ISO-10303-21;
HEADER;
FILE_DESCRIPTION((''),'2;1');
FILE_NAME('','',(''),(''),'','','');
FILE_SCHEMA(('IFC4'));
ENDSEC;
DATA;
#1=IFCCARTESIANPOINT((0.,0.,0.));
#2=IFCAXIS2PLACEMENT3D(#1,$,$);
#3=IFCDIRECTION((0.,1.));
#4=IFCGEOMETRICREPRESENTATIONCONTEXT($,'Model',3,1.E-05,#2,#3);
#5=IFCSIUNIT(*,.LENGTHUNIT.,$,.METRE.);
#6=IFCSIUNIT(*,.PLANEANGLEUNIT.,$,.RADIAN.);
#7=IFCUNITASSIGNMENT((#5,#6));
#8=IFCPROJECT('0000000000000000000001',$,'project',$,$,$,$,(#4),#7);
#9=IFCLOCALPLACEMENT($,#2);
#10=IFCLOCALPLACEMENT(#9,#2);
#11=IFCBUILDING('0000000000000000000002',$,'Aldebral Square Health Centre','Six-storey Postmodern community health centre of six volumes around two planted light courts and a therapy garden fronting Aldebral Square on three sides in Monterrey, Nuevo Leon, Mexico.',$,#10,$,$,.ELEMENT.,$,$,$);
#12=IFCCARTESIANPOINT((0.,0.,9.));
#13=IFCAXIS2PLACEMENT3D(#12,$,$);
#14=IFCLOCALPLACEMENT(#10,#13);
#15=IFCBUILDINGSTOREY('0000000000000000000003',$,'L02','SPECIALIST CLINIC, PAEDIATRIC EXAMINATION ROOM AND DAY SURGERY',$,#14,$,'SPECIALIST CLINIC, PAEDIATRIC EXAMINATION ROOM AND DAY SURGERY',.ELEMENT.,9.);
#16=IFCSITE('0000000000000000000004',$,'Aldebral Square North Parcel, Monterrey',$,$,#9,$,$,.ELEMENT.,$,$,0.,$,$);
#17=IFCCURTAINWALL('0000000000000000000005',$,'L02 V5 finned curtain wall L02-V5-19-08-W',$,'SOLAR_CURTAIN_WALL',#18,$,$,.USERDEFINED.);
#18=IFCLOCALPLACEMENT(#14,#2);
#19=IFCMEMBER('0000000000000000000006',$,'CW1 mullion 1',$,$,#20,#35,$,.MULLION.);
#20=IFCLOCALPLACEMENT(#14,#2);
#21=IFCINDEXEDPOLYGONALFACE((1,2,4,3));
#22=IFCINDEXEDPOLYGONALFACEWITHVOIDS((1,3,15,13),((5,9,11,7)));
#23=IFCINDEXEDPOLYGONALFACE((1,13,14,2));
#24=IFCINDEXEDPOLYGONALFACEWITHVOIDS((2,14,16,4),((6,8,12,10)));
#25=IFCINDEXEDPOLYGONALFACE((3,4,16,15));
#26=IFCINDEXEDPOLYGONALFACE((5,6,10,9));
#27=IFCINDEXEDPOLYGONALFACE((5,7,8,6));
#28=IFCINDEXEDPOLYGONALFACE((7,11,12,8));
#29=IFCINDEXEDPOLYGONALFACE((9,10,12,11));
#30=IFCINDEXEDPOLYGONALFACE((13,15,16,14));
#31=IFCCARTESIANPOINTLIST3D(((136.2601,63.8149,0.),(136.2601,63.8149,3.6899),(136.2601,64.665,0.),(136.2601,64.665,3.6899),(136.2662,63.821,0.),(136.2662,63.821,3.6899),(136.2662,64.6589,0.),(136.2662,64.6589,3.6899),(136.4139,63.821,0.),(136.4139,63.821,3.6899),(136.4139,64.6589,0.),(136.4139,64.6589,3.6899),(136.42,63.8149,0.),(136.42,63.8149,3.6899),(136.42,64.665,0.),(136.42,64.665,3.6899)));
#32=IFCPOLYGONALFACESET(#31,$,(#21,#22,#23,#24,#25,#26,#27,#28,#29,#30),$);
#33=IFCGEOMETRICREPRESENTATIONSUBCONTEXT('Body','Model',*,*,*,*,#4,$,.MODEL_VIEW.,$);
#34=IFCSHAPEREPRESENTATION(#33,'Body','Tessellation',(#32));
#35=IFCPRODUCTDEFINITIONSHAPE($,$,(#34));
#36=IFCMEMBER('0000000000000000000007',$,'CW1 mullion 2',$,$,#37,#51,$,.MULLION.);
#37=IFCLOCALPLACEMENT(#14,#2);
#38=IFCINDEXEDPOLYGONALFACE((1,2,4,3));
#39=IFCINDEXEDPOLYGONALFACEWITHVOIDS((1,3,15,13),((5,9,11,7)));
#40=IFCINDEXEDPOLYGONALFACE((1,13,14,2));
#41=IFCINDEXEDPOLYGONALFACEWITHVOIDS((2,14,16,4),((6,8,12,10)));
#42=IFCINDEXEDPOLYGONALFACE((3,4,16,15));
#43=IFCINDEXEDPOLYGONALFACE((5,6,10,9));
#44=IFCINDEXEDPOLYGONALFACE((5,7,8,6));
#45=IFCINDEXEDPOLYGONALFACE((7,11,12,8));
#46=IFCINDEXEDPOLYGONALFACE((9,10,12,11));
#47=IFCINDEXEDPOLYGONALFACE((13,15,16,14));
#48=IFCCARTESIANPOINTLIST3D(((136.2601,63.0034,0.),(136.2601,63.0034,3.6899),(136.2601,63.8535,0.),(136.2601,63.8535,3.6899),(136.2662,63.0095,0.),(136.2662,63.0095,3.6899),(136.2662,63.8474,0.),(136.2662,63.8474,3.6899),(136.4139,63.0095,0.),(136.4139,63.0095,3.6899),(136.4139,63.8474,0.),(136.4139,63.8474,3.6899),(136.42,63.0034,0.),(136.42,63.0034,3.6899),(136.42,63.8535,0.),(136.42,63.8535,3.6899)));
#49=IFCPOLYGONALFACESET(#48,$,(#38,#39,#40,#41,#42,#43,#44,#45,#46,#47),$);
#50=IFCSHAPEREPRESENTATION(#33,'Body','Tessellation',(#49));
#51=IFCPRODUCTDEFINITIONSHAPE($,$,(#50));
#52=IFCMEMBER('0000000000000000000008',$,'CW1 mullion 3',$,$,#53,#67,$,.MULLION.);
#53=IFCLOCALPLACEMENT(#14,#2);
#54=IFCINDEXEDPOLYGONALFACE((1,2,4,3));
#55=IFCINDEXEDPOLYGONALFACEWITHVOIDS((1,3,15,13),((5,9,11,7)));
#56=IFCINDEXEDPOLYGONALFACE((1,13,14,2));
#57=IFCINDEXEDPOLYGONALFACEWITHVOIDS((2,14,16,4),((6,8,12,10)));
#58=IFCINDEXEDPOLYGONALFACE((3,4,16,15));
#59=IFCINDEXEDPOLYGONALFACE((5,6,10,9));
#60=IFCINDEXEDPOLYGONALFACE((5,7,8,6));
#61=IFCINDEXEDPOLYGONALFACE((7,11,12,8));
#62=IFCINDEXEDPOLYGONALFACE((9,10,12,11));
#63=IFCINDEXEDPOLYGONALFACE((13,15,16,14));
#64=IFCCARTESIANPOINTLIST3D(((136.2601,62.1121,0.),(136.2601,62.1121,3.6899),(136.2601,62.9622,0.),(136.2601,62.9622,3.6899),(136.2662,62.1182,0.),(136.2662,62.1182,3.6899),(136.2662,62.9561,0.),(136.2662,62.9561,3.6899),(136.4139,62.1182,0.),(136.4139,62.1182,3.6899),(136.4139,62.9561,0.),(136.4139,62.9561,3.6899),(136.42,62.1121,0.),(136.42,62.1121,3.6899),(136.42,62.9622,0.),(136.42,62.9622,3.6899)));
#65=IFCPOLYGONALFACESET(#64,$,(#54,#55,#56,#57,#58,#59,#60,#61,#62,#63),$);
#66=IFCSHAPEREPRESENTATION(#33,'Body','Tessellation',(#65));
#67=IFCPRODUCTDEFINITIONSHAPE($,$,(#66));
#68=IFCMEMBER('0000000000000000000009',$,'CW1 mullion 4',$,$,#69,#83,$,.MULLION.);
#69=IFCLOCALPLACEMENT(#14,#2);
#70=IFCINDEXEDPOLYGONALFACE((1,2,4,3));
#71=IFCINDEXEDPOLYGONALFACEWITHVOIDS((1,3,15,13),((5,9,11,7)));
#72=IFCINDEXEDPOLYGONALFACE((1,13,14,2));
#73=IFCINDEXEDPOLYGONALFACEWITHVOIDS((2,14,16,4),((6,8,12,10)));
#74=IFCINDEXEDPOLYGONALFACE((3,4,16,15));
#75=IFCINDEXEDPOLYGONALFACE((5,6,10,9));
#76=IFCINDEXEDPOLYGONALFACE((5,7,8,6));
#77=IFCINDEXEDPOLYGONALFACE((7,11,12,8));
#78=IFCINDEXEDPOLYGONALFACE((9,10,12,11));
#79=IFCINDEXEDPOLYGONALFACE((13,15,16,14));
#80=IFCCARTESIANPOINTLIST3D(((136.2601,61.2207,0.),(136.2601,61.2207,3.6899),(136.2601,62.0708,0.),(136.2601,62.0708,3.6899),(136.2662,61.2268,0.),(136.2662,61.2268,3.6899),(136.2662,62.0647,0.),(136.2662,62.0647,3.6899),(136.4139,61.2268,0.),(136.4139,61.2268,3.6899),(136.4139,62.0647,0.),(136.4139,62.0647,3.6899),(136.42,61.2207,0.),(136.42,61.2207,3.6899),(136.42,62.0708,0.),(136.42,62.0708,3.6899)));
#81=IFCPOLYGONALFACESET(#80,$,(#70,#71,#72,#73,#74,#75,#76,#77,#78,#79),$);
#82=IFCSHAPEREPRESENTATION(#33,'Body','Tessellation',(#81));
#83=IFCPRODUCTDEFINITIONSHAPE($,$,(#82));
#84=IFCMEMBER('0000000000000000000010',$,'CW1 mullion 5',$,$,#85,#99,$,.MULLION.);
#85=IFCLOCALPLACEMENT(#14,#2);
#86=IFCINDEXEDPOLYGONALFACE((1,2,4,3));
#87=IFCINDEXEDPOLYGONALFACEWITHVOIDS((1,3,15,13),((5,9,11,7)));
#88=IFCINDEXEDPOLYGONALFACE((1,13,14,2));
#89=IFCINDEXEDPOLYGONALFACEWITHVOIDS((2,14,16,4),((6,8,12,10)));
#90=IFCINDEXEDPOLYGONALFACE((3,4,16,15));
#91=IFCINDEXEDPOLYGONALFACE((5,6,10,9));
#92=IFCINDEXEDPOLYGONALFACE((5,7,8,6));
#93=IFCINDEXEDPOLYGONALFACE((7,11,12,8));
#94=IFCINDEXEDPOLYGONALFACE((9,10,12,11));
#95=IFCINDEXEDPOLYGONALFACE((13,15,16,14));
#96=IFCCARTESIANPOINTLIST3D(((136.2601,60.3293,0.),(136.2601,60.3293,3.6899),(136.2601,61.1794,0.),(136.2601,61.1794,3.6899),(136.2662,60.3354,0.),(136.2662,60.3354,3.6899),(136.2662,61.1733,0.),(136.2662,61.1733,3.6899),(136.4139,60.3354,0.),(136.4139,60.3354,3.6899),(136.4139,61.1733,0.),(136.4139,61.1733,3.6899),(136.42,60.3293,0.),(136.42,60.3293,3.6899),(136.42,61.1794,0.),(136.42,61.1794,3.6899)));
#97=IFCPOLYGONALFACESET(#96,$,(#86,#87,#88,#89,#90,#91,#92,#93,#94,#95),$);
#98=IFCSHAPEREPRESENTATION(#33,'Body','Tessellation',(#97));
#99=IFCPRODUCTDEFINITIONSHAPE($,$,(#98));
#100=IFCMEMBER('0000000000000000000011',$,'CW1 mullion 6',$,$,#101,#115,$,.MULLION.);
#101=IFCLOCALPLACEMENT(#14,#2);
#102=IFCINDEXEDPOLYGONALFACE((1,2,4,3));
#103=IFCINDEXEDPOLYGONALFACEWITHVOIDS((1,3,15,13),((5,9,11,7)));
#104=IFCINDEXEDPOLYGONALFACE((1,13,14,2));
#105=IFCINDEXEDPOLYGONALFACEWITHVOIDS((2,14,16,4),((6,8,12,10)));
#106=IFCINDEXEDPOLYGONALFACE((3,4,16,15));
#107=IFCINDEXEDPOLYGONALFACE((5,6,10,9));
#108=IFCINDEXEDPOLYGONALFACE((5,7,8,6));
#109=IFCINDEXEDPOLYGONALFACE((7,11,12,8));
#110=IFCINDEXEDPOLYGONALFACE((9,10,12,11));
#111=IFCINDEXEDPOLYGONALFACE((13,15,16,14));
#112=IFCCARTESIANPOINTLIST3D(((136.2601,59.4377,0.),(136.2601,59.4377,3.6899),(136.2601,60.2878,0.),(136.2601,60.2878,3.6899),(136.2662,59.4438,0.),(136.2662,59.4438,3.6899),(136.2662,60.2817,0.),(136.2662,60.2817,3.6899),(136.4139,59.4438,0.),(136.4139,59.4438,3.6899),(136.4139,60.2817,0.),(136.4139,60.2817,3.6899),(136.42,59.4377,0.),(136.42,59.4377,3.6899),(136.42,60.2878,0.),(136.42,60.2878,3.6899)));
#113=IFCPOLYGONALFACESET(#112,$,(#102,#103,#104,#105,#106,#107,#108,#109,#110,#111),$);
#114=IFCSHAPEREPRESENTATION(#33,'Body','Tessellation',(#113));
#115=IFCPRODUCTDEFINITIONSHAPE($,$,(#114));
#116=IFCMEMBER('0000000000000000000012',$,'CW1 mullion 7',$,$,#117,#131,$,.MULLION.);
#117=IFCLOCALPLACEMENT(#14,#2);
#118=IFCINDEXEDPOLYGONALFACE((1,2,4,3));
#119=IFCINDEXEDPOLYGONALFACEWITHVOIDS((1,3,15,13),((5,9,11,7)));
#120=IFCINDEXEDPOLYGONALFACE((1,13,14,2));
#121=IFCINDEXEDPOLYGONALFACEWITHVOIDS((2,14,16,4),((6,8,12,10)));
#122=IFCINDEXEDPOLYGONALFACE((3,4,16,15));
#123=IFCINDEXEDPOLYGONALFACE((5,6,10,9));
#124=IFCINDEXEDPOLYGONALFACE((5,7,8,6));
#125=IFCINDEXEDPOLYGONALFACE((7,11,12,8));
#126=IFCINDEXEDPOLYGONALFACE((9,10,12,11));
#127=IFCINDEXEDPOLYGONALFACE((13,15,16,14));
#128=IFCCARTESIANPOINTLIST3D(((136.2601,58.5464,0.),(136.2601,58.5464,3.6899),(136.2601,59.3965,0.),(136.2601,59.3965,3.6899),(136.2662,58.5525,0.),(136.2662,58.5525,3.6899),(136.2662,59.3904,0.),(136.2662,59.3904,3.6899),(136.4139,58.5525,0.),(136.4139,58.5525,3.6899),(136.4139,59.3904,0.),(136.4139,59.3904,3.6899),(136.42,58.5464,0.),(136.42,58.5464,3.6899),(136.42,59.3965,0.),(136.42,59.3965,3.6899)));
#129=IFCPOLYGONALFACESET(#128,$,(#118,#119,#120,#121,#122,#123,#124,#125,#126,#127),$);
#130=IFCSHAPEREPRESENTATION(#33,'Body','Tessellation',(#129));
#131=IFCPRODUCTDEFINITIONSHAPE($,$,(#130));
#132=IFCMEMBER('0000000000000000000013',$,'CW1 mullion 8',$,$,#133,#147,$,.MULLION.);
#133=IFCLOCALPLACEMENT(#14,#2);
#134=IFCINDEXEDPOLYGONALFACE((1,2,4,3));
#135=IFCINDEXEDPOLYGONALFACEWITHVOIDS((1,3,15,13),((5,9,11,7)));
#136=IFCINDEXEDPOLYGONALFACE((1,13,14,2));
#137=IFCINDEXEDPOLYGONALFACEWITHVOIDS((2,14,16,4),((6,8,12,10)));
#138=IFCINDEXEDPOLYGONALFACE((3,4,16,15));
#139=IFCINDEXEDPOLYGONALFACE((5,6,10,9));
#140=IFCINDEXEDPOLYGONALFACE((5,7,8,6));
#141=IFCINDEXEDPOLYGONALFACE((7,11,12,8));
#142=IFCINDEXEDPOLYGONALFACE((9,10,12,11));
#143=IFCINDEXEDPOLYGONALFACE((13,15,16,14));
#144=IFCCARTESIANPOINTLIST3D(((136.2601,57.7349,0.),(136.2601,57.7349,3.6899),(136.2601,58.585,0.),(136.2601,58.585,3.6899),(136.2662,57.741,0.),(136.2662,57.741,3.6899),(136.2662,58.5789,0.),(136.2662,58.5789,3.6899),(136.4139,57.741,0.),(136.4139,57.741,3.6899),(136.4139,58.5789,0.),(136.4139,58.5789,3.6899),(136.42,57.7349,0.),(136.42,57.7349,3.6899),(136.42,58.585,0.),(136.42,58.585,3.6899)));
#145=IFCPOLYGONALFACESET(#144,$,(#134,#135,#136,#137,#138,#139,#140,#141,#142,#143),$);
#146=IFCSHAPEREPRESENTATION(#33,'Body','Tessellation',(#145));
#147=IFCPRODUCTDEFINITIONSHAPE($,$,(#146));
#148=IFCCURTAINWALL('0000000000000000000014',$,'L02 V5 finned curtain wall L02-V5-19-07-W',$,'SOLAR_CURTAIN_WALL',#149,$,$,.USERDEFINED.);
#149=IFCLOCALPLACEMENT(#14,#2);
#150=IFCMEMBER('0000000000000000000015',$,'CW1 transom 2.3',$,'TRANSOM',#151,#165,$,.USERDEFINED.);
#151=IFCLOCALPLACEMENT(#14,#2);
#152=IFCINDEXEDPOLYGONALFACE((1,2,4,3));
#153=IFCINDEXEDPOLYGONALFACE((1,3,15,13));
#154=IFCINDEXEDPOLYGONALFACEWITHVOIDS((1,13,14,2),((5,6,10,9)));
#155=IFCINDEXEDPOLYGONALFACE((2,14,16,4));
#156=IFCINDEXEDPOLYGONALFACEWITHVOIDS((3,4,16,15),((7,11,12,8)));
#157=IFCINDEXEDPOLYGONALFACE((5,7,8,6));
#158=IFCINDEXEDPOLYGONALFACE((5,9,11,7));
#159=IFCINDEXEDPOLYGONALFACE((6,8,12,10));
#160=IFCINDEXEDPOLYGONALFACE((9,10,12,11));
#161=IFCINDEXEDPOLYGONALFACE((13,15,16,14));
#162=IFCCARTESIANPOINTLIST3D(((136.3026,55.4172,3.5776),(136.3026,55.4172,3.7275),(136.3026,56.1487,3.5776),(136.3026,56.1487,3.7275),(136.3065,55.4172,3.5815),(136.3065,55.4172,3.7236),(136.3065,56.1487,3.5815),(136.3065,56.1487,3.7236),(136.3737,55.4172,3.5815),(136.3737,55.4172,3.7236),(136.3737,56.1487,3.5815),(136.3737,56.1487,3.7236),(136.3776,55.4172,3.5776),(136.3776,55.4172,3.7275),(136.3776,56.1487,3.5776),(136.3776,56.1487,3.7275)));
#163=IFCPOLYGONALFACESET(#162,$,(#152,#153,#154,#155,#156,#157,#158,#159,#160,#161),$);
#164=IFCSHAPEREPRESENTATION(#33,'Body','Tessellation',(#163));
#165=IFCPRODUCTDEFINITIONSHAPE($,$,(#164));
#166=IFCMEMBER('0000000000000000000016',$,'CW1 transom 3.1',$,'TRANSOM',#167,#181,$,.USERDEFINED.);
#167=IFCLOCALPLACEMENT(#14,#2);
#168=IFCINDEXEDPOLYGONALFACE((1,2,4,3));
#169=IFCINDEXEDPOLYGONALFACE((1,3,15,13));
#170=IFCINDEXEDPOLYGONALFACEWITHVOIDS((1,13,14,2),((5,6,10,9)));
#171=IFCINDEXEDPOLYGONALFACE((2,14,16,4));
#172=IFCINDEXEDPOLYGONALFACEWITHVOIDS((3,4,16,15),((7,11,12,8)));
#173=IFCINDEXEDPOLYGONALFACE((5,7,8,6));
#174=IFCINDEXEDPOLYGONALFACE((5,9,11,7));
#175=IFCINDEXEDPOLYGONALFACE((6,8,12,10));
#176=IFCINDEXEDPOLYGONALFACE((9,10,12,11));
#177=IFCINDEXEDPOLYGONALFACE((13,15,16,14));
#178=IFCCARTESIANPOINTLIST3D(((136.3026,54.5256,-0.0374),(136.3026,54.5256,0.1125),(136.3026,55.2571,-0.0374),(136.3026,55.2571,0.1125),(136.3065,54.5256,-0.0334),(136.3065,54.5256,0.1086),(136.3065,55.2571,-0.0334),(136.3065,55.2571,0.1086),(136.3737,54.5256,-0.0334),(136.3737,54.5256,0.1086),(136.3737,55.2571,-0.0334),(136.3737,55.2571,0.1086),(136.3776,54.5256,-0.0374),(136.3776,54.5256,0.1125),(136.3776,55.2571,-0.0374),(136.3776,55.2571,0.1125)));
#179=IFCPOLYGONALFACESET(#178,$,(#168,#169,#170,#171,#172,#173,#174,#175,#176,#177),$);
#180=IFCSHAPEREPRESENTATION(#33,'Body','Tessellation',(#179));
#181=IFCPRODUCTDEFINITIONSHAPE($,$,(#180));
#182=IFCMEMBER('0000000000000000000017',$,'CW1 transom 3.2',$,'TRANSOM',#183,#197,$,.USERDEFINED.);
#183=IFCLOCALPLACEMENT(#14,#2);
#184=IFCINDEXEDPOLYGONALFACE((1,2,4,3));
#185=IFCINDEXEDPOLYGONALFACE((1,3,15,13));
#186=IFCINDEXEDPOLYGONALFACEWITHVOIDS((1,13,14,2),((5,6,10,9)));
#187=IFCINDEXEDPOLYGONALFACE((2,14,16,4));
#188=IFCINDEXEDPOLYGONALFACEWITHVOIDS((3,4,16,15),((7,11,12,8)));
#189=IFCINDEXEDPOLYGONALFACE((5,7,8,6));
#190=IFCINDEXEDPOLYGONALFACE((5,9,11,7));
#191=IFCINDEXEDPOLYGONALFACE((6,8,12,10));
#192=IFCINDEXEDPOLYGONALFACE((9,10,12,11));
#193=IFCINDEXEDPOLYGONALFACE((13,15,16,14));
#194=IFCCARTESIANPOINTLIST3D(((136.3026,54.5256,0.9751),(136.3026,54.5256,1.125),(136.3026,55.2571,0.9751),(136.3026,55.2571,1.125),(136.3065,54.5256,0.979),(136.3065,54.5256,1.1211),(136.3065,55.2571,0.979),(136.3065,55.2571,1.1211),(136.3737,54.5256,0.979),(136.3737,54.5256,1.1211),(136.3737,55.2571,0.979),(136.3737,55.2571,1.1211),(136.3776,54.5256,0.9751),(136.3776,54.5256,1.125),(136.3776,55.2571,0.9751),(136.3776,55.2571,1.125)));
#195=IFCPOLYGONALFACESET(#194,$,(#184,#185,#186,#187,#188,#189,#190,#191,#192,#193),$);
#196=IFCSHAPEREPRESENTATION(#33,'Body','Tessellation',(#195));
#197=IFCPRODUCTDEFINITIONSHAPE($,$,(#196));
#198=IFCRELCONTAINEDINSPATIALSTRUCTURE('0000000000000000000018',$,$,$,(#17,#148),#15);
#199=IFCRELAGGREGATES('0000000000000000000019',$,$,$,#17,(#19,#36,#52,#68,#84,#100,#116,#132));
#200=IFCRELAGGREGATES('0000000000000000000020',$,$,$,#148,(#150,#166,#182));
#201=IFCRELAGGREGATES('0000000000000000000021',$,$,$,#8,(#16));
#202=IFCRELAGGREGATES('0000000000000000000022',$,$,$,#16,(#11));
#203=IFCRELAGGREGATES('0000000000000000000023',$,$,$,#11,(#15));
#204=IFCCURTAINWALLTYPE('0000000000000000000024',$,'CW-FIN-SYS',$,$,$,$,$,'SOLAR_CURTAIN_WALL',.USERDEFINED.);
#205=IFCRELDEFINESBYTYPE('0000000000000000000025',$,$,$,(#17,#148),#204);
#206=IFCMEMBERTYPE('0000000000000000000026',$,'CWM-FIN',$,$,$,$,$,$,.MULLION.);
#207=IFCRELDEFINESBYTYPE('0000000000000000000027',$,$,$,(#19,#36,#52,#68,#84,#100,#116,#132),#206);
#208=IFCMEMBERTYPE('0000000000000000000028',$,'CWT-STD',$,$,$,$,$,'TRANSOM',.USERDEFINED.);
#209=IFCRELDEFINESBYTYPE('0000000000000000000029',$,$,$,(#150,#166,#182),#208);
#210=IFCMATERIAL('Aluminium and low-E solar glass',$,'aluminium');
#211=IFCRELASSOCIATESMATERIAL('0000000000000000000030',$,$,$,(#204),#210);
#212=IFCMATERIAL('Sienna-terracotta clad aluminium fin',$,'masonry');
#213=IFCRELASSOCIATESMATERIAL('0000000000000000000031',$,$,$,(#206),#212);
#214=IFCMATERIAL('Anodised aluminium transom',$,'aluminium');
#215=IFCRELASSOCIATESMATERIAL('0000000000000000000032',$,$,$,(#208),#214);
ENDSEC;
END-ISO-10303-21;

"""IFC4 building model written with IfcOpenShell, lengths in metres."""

from ifc_helpers import new_model, si_unit, direction, frame, origin, origin_2d, place, context, subcontext, project, spatial, hollow_rectangle, extrude, material, material_profile, profile_set, type_object, element, aggregate, save


model = new_model("IFC4")

# Units and contexts
model_context = context("Model", 3, precision=1e-05, world=origin(), true_north=direction((0.0, 1.0)))
body_context = subcontext(model_context, "Body", "Model", "MODEL_VIEW")
ifc_project = project(units=[si_unit("LENGTHUNIT", "METRE"), si_unit("PLANEANGLEUNIT", "RADIAN")], contexts=[model_context])

# Site, building, storey
site_placement = place(None, origin())
site = spatial("IfcSite", under=ifc_project, at=site_placement, Name="Aldebral Square North Parcel, Monterrey", CompositionType="ELEMENT", RefElevation=0.0)
building_placement = place(site_placement, origin())
building = spatial("IfcBuilding", under=site, at=building_placement, Name="Aldebral Square Health Centre", Description="Six-storey Postmodern community health centre of six volumes around two planted light courts and a therapy garden fronting Aldebral Square on three sides in Monterrey, Nuevo Leon, Mexico.", CompositionType="ELEMENT")
storey_placement = place(building_placement, frame((0.0, 0.0, 9.0)))
storey = spatial("IfcBuildingStorey", under=building, at=storey_placement, Name="L02", Description="SPECIALIST CLINIC, PAEDIATRIC EXAMINATION ROOM AND DAY SURGERY", LongName="SPECIALIST CLINIC, PAEDIATRIC EXAMINATION ROOM AND DAY SURGERY", CompositionType="ELEMENT", Elevation=9.0)

# Curtain wall, members
ifc_material_1 = material(Name="Aluminium and low-E solar glass", Category="aluminium")
curtain_wall_type = type_object("IfcCurtainWallType", Name="CW-FIN-SYS", ElementType="SOLAR_CURTAIN_WALL", PredefinedType="USERDEFINED", material=ifc_material_1)
curtain_wall_1_placement = place(storey_placement, origin())
curtain_wall_1 = element("IfcCurtainWall", 1, at=curtain_wall_1_placement, inside=storey, type_object=curtain_wall_type, Name="L02 V5 finned curtain wall L02-V5-19-08-W", ObjectType="SOLAR_CURTAIN_WALL", PredefinedType="USERDEFINED")
ifc_material_2 = material(Name="Sienna-terracotta clad aluminium fin", Category="masonry")
ifc_material_profile_1 = material_profile(ifc_material_2, hollow_rectangle(XDim=0.1599, YDim=0.8501, WallThickness=0.0061, at=origin_2d()), Name="FIN 160x850x6")
ifc_profile_set_1 = profile_set([ifc_material_profile_1], Name="Sienna-terracotta clad aluminium fin")
member_type_1 = type_object("IfcMemberType", Name="CWM-FIN", PredefinedType="MULLION", material=ifc_profile_set_1)
member_1_placement = place(storey_placement, frame((136.3401, 64.24, 0.0), z_axis=(0.0, 0.0, 1.0), x_axis=(1.0, 0.0, 0.0)))
member_1 = element("IfcMember", 2, at=member_1_placement, type_object=member_type_1, Name="CW1 mullion 1", PredefinedType="MULLION", context=body_context, shape_type="SweptSolid", body=[
    extrude(hollow_rectangle(XDim=0.1599, YDim=0.8501, WallThickness=0.0061, at=origin_2d()), origin(), (0.0, 0.0, 1.0), 3.6899),
])
member_2_placement = place(storey_placement, frame((136.3401, 63.4285, 0.0), z_axis=(0.0, 0.0, 1.0), x_axis=(1.0, 0.0, 0.0)))
member_2 = element("IfcMember", 3, at=member_2_placement, type_object=member_type_1, Name="CW1 mullion 2", PredefinedType="MULLION", context=body_context, shape_type="SweptSolid", body=[
    extrude(hollow_rectangle(XDim=0.1599, YDim=0.8501, WallThickness=0.0061, at=origin_2d()), origin(), (0.0, 0.0, 1.0), 3.6899),
])
member_3_placement = place(storey_placement, frame((136.3401, 62.5371, 0.0), z_axis=(0.0, 0.0, 1.0), x_axis=(1.0, 0.0, 0.0)))
member_3 = element("IfcMember", 4, at=member_3_placement, type_object=member_type_1, Name="CW1 mullion 3", PredefinedType="MULLION", context=body_context, shape_type="SweptSolid", body=[
    extrude(hollow_rectangle(XDim=0.1599, YDim=0.8501, WallThickness=0.0061, at=origin_2d()), origin(), (0.0, 0.0, 1.0), 3.6899),
])
member_4_placement = place(storey_placement, frame((136.3401, 61.6458, 0.0), z_axis=(0.0, 0.0, 1.0), x_axis=(1.0, 0.0, 0.0)))
member_4 = element("IfcMember", 5, at=member_4_placement, type_object=member_type_1, Name="CW1 mullion 4", PredefinedType="MULLION", context=body_context, shape_type="SweptSolid", body=[
    extrude(hollow_rectangle(XDim=0.1599, YDim=0.8501, WallThickness=0.0061, at=origin_2d()), origin(), (0.0, 0.0, 1.0), 3.6899),
])
member_5_placement = place(storey_placement, frame((136.3401, 60.7544, 0.0), z_axis=(0.0, 0.0, 1.0), x_axis=(1.0, 0.0, 0.0)))
member_5 = element("IfcMember", 6, at=member_5_placement, type_object=member_type_1, Name="CW1 mullion 5", PredefinedType="MULLION", context=body_context, shape_type="SweptSolid", body=[
    extrude(hollow_rectangle(XDim=0.1599, YDim=0.8501, WallThickness=0.0061, at=origin_2d()), origin(), (0.0, 0.0, 1.0), 3.6899),
])
member_6_placement = place(storey_placement, frame((136.3401, 59.8628, 0.0), z_axis=(0.0, 0.0, 1.0), x_axis=(1.0, 0.0, 0.0)))
member_6 = element("IfcMember", 7, at=member_6_placement, type_object=member_type_1, Name="CW1 mullion 6", PredefinedType="MULLION", context=body_context, shape_type="SweptSolid", body=[
    extrude(hollow_rectangle(XDim=0.1599, YDim=0.8501, WallThickness=0.0061, at=origin_2d()), origin(), (0.0, 0.0, 1.0), 3.6899),
])
member_7_placement = place(storey_placement, frame((136.3401, 58.9714, 0.0), z_axis=(0.0, 0.0, 1.0), x_axis=(1.0, 0.0, 0.0)))
member_7 = element("IfcMember", 8, at=member_7_placement, type_object=member_type_1, Name="CW1 mullion 7", PredefinedType="MULLION", context=body_context, shape_type="SweptSolid", body=[
    extrude(hollow_rectangle(XDim=0.1599, YDim=0.8501, WallThickness=0.0061, at=origin_2d()), origin(), (0.0, 0.0, 1.0), 3.6899),
])
member_8_placement = place(storey_placement, frame((136.3401, 58.1599, 0.0), z_axis=(0.0, 0.0, 1.0), x_axis=(1.0, 0.0, 0.0)))
member_8 = element("IfcMember", 9, at=member_8_placement, type_object=member_type_1, Name="CW1 mullion 8", PredefinedType="MULLION", context=body_context, shape_type="SweptSolid", body=[
    extrude(hollow_rectangle(XDim=0.1599, YDim=0.8501, WallThickness=0.0061, at=origin_2d()), origin(), (0.0, 0.0, 1.0), 3.6899),
])
aggregate(curtain_wall_1, [member_1, member_2, member_3, member_4, member_5, member_6, member_7, member_8])

# Curtain wall, members
curtain_wall_2_placement = place(storey_placement, origin())
curtain_wall_2 = element("IfcCurtainWall", 10, at=curtain_wall_2_placement, inside=storey, type_object=curtain_wall_type, Name="L02 V5 finned curtain wall L02-V5-19-07-W", ObjectType="SOLAR_CURTAIN_WALL", PredefinedType="USERDEFINED")
ifc_material_3 = material(Name="Anodised aluminium transom", Category="aluminium")
ifc_material_profile_2 = material_profile(ifc_material_3, hollow_rectangle(XDim=0.075, YDim=0.1499, WallThickness=0.0039, at=origin_2d()), Name="CWT 75x150x4")
ifc_profile_set_2 = profile_set([ifc_material_profile_2], Name="Anodised aluminium transom")
member_type_2 = type_object("IfcMemberType", Name="CWT-STD", ElementType="TRANSOM", PredefinedType="USERDEFINED", material=ifc_profile_set_2)
member_9_placement = place(storey_placement, frame((136.3401, 56.1487, 3.6526), z_axis=(0.0, -1.0, 0.0), x_axis=(1.0, 0.0, 0.0)))
member_9 = element("IfcMember", 11, at=member_9_placement, type_object=member_type_2, Name="CW1 transom 2.3", ObjectType="TRANSOM", PredefinedType="USERDEFINED", context=body_context, shape_type="SweptSolid", body=[
    extrude(hollow_rectangle(XDim=0.075, YDim=0.1499, WallThickness=0.0039, at=origin_2d()), origin(), (0.0, 0.0, 1.0), 0.7314),
])
member_10_placement = place(storey_placement, frame((136.3401, 55.2571, 0.0376), z_axis=(0.0, -1.0, 0.0), x_axis=(1.0, 0.0, 0.0)))
member_10 = element("IfcMember", 12, at=member_10_placement, type_object=member_type_2, Name="CW1 transom 3.1", ObjectType="TRANSOM", PredefinedType="USERDEFINED", context=body_context, shape_type="SweptSolid", body=[
    extrude(hollow_rectangle(XDim=0.075, YDim=0.1499, WallThickness=0.0039, at=origin_2d()), origin(), (0.0, 0.0, 1.0), 0.7314),
])
member_11_placement = place(storey_placement, frame((136.3401, 55.2571, 1.05), z_axis=(0.0, -1.0, 0.0), x_axis=(1.0, 0.0, 0.0)))
member_11 = element("IfcMember", 13, at=member_11_placement, type_object=member_type_2, Name="CW1 transom 3.2", ObjectType="TRANSOM", PredefinedType="USERDEFINED", context=body_context, shape_type="SweptSolid", body=[
    extrude(hollow_rectangle(XDim=0.075, YDim=0.1499, WallThickness=0.0039, at=origin_2d()), origin(), (0.0, 0.0, 1.0), 0.7314),
])
aggregate(curtain_wall_2, [member_9, member_10, member_11])

save(model, "model.ifc")
